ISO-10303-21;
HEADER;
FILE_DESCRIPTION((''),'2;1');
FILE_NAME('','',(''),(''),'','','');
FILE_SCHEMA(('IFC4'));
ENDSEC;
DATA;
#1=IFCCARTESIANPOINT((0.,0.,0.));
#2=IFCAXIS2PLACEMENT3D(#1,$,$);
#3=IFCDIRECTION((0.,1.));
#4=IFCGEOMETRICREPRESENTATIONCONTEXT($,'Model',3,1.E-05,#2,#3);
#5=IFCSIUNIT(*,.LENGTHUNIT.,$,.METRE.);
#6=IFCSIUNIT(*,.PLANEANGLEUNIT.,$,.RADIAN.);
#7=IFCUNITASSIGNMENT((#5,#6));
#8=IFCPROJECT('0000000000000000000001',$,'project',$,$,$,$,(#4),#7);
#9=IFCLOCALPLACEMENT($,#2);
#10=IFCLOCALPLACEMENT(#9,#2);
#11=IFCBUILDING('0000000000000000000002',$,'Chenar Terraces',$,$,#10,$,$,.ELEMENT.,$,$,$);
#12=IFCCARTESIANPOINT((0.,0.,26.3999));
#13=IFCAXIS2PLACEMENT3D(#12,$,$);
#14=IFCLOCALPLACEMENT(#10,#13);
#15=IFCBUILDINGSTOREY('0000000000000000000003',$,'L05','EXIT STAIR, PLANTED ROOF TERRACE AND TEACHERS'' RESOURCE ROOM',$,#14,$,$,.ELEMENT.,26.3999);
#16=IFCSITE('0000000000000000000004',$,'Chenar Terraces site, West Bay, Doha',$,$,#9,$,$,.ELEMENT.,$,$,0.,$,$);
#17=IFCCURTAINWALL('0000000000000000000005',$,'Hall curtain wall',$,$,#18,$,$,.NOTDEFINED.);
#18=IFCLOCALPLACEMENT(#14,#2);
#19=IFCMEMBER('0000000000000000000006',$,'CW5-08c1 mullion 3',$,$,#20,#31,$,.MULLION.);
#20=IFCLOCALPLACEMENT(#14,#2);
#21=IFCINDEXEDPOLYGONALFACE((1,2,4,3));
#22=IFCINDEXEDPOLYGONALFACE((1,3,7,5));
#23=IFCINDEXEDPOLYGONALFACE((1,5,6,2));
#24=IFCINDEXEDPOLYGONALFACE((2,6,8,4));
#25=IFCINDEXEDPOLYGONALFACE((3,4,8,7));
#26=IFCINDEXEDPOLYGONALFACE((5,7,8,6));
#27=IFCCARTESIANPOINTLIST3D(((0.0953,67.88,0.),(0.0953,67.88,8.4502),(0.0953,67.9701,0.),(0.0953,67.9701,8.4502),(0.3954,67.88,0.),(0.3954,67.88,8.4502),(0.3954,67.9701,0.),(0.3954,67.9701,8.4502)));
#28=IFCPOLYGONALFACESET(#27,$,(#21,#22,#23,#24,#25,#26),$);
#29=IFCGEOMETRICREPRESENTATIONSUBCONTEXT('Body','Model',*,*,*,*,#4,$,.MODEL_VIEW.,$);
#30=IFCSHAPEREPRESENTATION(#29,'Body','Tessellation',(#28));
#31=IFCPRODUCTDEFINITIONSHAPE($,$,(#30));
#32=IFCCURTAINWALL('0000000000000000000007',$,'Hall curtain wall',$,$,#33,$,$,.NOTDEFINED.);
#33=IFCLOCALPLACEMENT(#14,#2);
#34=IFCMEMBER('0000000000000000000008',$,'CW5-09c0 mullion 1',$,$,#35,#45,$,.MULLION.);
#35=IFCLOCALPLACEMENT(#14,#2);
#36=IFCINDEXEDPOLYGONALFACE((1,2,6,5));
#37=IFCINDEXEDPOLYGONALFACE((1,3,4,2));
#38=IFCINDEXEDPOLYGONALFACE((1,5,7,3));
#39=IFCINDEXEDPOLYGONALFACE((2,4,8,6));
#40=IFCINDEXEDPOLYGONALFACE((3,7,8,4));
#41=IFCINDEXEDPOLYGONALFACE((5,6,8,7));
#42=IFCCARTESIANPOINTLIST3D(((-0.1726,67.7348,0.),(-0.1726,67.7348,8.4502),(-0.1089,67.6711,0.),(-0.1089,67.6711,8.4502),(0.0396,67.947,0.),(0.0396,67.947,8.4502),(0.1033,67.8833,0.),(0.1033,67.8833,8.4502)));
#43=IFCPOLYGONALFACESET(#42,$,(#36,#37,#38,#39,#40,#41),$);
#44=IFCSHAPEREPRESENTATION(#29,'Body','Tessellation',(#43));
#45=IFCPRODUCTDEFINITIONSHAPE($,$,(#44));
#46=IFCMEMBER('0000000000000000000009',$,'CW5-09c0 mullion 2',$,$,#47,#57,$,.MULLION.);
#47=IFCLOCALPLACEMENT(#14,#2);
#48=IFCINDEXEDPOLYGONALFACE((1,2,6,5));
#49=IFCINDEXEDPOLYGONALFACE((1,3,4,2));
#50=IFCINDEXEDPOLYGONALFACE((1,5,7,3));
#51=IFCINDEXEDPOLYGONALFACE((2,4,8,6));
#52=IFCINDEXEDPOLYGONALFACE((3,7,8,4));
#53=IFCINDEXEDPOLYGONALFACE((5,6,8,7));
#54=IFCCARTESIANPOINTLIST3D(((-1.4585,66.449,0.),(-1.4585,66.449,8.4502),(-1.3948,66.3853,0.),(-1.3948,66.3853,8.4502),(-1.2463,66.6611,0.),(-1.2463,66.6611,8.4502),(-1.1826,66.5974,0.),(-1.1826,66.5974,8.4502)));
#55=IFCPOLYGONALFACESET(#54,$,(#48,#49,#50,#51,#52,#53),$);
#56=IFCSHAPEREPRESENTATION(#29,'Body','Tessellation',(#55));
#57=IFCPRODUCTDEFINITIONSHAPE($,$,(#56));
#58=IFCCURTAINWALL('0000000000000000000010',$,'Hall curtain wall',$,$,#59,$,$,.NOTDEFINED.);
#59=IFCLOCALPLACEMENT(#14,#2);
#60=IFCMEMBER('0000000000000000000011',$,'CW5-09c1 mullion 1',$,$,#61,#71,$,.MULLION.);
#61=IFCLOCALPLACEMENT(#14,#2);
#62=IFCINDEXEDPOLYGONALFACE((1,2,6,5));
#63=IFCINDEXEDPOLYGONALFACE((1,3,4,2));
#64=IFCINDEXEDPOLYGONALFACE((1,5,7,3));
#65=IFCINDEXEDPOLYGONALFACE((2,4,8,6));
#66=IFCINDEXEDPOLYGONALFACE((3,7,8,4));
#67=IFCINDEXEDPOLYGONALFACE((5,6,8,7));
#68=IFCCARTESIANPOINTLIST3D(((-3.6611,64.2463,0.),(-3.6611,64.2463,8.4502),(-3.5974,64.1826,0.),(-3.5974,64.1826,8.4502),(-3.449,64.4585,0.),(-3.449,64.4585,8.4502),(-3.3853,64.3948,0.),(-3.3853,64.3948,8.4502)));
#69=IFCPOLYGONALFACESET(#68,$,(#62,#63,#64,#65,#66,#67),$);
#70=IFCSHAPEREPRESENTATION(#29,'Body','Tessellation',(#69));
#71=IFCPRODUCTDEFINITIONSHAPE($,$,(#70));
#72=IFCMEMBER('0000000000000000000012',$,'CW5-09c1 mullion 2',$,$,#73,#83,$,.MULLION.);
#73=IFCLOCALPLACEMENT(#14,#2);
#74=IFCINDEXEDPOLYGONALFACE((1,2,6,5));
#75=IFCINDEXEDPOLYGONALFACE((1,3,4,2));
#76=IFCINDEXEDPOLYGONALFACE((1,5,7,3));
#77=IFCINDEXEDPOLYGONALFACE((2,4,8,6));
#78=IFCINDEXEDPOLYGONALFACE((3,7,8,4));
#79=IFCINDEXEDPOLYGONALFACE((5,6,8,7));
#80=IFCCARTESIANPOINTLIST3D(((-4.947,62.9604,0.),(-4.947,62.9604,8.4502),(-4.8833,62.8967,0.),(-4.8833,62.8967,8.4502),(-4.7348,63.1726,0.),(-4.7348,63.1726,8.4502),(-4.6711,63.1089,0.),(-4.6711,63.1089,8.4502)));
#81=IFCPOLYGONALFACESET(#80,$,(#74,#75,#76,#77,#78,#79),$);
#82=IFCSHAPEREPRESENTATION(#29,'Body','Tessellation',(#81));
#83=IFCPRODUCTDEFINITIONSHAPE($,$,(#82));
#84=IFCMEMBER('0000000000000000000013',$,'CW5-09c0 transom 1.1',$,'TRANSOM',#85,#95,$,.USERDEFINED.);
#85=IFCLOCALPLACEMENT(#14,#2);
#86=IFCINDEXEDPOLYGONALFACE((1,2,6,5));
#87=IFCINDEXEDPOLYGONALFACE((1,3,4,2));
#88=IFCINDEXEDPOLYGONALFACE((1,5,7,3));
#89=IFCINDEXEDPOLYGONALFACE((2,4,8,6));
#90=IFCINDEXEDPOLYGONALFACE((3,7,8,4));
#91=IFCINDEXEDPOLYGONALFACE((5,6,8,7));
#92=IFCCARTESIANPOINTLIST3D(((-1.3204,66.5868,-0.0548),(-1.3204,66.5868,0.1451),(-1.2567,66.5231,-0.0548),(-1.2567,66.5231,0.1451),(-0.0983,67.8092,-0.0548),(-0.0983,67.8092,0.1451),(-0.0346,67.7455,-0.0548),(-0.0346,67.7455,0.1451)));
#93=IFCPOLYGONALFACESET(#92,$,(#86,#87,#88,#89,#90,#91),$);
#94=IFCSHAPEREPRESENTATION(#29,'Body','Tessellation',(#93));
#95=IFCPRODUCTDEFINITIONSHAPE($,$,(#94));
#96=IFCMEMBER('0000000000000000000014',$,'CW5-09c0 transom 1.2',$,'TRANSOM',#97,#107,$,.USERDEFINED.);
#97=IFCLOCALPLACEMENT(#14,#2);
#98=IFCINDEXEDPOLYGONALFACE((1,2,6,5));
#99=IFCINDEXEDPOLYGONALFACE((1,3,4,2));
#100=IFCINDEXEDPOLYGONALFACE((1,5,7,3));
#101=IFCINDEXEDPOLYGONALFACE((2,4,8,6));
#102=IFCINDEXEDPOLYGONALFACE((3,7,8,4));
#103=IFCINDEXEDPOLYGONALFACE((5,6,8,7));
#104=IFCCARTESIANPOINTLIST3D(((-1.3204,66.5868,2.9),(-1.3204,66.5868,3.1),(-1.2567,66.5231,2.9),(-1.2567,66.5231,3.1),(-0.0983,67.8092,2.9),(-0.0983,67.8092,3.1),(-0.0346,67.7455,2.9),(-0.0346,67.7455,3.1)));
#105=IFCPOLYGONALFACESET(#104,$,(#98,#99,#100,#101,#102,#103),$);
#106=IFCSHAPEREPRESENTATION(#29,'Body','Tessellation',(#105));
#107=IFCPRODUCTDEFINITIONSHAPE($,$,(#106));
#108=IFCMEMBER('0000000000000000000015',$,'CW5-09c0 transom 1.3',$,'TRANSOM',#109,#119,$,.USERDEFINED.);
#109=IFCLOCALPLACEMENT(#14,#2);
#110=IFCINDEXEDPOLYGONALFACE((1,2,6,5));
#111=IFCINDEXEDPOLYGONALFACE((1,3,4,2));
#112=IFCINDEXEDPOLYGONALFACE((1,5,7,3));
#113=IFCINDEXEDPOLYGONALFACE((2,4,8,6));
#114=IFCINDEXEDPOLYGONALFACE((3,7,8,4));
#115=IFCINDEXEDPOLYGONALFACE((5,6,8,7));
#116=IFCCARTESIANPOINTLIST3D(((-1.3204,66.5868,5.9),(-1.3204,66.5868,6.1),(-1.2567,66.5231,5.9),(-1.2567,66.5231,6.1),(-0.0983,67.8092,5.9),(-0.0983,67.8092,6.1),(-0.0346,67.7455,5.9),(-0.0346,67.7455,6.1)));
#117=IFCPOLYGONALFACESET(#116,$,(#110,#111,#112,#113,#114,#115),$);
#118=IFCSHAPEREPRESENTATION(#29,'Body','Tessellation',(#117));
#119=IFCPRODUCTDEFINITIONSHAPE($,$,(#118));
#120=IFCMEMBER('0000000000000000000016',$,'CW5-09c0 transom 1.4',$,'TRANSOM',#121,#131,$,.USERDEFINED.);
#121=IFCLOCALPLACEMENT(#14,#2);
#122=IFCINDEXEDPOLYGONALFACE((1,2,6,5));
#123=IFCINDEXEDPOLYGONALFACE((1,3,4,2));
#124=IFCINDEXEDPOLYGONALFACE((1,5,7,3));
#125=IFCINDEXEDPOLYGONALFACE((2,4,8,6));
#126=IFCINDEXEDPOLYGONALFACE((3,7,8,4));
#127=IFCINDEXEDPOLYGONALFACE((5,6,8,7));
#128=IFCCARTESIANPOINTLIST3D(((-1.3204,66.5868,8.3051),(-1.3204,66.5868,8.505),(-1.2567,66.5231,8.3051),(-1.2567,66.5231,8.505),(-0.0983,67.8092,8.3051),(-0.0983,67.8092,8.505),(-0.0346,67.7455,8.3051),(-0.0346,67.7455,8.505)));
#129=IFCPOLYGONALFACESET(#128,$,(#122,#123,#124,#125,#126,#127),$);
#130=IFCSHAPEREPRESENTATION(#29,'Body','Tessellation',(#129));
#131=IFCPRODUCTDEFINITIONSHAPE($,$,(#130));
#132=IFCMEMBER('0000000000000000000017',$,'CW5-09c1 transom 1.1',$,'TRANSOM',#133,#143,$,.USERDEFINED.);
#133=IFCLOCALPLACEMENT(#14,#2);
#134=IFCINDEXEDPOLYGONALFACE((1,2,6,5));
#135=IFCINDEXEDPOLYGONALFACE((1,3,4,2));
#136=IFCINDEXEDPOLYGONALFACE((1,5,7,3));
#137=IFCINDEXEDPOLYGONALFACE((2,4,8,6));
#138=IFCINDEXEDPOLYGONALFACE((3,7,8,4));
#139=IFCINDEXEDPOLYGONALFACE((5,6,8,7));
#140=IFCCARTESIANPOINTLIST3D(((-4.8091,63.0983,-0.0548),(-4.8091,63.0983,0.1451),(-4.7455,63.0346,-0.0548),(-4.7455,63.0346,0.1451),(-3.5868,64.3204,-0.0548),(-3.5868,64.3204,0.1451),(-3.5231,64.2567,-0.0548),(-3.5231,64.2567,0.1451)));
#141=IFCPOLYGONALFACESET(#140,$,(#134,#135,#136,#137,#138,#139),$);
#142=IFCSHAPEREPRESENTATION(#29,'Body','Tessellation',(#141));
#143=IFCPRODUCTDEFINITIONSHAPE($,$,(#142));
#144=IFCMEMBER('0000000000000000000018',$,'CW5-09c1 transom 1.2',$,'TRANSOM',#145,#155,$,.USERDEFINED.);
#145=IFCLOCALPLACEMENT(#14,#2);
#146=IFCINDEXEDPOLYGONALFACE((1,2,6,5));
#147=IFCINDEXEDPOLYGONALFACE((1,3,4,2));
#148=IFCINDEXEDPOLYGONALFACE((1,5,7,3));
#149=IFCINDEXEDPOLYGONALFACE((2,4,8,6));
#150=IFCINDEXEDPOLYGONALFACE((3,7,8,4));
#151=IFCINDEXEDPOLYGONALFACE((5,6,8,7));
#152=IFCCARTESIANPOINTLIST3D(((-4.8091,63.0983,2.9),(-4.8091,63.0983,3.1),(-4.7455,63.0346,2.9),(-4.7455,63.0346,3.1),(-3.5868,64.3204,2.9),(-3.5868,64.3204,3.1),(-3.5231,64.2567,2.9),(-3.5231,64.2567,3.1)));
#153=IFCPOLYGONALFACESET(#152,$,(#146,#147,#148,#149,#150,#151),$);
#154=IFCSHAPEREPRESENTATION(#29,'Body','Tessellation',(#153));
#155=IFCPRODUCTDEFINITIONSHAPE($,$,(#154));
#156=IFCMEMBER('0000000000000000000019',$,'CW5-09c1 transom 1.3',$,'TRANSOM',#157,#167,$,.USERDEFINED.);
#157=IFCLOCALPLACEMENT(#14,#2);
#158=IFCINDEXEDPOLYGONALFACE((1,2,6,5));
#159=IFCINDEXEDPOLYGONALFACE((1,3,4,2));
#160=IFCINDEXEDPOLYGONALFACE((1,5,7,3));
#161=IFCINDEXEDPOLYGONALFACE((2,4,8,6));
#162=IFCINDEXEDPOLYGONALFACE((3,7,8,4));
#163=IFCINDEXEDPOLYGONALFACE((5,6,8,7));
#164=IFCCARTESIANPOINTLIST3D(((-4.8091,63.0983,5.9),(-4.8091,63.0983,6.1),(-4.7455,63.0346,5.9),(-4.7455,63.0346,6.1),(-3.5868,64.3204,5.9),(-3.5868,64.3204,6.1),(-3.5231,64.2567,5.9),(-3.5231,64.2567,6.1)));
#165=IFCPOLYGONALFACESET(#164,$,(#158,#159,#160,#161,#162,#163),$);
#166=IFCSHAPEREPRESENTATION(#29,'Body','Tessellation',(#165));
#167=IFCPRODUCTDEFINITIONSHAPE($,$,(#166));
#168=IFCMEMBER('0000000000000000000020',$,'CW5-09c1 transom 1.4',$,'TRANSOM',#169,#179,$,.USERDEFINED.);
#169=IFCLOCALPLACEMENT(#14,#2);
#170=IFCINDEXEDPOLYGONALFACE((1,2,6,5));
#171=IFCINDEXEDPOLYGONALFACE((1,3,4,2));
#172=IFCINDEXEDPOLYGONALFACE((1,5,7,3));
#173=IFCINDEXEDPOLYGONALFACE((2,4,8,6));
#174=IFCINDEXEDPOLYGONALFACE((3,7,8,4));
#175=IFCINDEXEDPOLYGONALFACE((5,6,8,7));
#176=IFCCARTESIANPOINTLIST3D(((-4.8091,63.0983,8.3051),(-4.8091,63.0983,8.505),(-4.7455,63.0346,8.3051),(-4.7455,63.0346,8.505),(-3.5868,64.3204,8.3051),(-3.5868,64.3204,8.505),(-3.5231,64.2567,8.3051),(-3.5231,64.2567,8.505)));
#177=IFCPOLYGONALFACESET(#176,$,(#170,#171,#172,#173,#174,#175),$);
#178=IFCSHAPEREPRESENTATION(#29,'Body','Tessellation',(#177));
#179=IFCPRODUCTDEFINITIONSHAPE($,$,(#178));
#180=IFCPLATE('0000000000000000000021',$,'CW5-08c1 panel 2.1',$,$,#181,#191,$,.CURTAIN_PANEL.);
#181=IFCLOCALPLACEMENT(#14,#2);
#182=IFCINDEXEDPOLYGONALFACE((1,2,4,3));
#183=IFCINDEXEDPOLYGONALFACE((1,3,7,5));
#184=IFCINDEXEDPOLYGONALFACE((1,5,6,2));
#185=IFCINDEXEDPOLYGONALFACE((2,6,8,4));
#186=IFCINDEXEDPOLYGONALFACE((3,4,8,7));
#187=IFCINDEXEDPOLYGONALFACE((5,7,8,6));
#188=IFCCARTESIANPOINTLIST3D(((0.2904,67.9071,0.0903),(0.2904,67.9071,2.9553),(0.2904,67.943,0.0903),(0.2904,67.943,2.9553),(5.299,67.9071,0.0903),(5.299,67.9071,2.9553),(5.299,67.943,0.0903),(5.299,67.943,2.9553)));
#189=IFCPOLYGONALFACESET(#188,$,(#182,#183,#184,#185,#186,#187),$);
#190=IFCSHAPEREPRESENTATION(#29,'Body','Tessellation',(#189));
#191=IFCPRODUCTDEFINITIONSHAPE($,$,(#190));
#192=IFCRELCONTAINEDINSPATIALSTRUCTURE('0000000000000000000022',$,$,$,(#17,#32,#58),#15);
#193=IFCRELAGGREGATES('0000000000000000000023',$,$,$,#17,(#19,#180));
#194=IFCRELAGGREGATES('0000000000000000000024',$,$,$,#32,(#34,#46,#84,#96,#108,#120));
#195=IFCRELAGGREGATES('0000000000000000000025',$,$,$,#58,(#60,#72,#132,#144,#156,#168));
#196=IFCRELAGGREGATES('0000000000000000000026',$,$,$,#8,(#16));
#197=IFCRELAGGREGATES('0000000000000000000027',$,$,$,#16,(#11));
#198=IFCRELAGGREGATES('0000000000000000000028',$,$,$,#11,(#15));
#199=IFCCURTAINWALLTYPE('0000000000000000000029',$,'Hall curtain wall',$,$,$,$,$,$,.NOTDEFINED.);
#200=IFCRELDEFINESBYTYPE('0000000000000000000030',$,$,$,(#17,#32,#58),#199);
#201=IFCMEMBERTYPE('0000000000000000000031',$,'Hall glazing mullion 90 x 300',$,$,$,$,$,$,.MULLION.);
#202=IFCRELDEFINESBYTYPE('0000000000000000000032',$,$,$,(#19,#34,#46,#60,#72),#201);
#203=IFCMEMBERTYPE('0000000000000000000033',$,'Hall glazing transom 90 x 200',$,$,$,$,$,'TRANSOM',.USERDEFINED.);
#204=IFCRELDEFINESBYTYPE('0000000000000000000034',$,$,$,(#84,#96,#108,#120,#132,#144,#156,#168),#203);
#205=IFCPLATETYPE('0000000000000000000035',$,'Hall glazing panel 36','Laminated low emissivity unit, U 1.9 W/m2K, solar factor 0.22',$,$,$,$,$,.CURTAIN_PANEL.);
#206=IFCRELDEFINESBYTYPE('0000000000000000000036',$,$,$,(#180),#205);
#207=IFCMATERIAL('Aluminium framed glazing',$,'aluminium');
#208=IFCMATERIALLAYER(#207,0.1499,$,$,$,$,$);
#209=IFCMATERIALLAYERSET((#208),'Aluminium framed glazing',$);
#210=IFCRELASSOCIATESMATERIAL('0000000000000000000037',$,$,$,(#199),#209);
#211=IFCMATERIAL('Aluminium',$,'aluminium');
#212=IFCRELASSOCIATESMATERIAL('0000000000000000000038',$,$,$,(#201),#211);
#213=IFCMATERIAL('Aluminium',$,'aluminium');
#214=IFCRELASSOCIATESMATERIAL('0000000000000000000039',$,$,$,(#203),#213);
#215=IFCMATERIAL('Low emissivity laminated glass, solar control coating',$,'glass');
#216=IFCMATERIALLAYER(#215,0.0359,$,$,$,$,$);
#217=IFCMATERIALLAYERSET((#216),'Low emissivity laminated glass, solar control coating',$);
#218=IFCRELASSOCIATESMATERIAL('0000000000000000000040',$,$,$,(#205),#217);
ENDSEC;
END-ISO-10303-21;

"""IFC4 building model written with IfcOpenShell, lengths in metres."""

from ifc_helpers import new_model, si_unit, direction, frame, origin, origin_2d, place, context, subcontext, project, spatial, rectangle, extrude, material, layer, layer_set, material_profile, profile_set, type_object, element, aggregate, save


model = new_model("IFC4")

# Units and contexts
model_context = context("Model", 3, precision=1e-05, world=origin(), true_north=direction((0.0, 1.0)))
body_context = subcontext(model_context, "Body", "Model", "MODEL_VIEW")
ifc_project = project(units=[si_unit("LENGTHUNIT", "METRE"), si_unit("PLANEANGLEUNIT", "RADIAN")], contexts=[model_context])

# Site, building, storey
site_placement = place(None, origin())
site = spatial("IfcSite", under=ifc_project, at=site_placement, Name="Chenar Terraces site, West Bay, Doha", CompositionType="ELEMENT", RefElevation=0.0)
building_placement = place(site_placement, origin())
building = spatial("IfcBuilding", under=site, at=building_placement, Name="Chenar Terraces", CompositionType="ELEMENT")
storey_placement = place(building_placement, frame((0.0, 0.0, 26.3999)))
storey = spatial("IfcBuildingStorey", under=building, at=storey_placement, Name="L05", Description="EXIT STAIR, PLANTED ROOF TERRACE AND TEACHERS' RESOURCE ROOM", CompositionType="ELEMENT", Elevation=26.3999)

# Curtain wall, member
ifc_material_1 = material(Name="Aluminium framed glazing", Category="aluminium")
ifc_layer_1 = layer(ifc_material_1, 0.1499)
ifc_layer_set_1 = layer_set([ifc_layer_1], Name="Aluminium framed glazing")
curtain_wall_type = type_object("IfcCurtainWallType", Name="Hall curtain wall", PredefinedType="NOTDEFINED", material=ifc_layer_set_1)
placement = place(storey_placement, origin())
curtain_wall_1 = element("IfcCurtainWall", 1, at=placement, inside=storey, type_object=curtain_wall_type, Name="Hall curtain wall", PredefinedType="NOTDEFINED")
ifc_material_2 = material(Name="Aluminium", Category="aluminium")
ifc_material_profile_1 = material_profile(ifc_material_2, rectangle(XDim=0.0901, YDim=0.3, at=origin_2d()), Name="Hall glazing mullion 90 x 300")
ifc_profile_set_1 = profile_set([ifc_material_profile_1], Name="Aluminium")
member_type_1 = type_object("IfcMemberType", Name="Hall glazing mullion 90 x 300", PredefinedType="MULLION", material=ifc_profile_set_1)
member_1_placement = place(storey_placement, frame((0.2454, 67.925, 0.0), z_axis=(0.0, 0.0, 1.0), x_axis=(0.0, -1.0, 0.0)))
member_1 = element("IfcMember", 2, at=member_1_placement, type_object=member_type_1, Name="CW5-08c1 mullion 3", PredefinedType="MULLION", context=body_context, shape_type="SweptSolid", body=[
    extrude(rectangle(XDim=0.0901, YDim=0.3, at=origin_2d()), origin(), (0.0, 0.0, 1.0), 8.4502),
])

# Curtain walls, members
curtain_wall_2 = element("IfcCurtainWall", 3, at=placement, inside=storey, type_object=curtain_wall_type, Name="Hall curtain wall", PredefinedType="NOTDEFINED")
member_2_placement = place(storey_placement, frame((-0.0347, 67.8091, 0.0), z_axis=(0.0, 0.0, 1.0), x_axis=(0.707107, -0.707107, 0.0)))
member_2 = element("IfcMember", 4, at=member_2_placement, type_object=member_type_1, Name="CW5-09c0 mullion 1", PredefinedType="MULLION", context=body_context, shape_type="SweptSolid", body=[
    extrude(rectangle(XDim=0.0901, YDim=0.3, at=origin_2d()), origin(), (0.0, 0.0, 1.0), 8.4502),
])
member_3_placement = place(storey_placement, frame((-1.3206, 66.5232, 0.0), z_axis=(0.0, 0.0, 1.0), x_axis=(0.707107, -0.707107, 0.0)))
member_3 = element("IfcMember", 5, at=member_3_placement, type_object=member_type_1, Name="CW5-09c0 mullion 2", PredefinedType="MULLION", context=body_context, shape_type="SweptSolid", body=[
    extrude(rectangle(XDim=0.0901, YDim=0.3, at=origin_2d()), origin(), (0.0, 0.0, 1.0), 8.4502),
])
curtain_wall_3 = element("IfcCurtainWall", 6, at=placement, inside=storey, type_object=curtain_wall_type, Name="Hall curtain wall", PredefinedType="NOTDEFINED")
member_4_placement = place(storey_placement, frame((-3.5232, 64.3206, 0.0), z_axis=(0.0, 0.0, 1.0), x_axis=(0.707107, -0.707107, 0.0)))
member_4 = element("IfcMember", 7, at=member_4_placement, type_object=member_type_1, Name="CW5-09c1 mullion 1", PredefinedType="MULLION", context=body_context, shape_type="SweptSolid", body=[
    extrude(rectangle(XDim=0.0901, YDim=0.3, at=origin_2d()), origin(), (0.0, 0.0, 1.0), 8.4502),
])
member_5_placement = place(storey_placement, frame((-4.8091, 63.0347, 0.0), z_axis=(0.0, 0.0, 1.0), x_axis=(0.707107, -0.707107, 0.0)))
member_5 = element("IfcMember", 8, at=member_5_placement, type_object=member_type_1, Name="CW5-09c1 mullion 2", PredefinedType="MULLION", context=body_context, shape_type="SweptSolid", body=[
    extrude(rectangle(XDim=0.0901, YDim=0.3, at=origin_2d()), origin(), (0.0, 0.0, 1.0), 8.4502),
])

# Members
ifc_material_3 = material(Name="Aluminium", Category="aluminium")
ifc_material_profile_2 = material_profile(ifc_material_3, rectangle(XDim=0.0901, YDim=0.2, at=origin_2d()), Name="Hall glazing transom 90 x 200")
ifc_profile_set_2 = profile_set([ifc_material_profile_2], Name="Aluminium")
member_type_2 = type_object("IfcMemberType", Name="Hall glazing transom 90 x 200", ElementType="TRANSOM", PredefinedType="USERDEFINED", material=ifc_profile_set_2)
member_6_placement = place(storey_placement, frame((-0.0664, 67.7773, 0.0452), z_axis=(-0.707036, -0.707177, 0.0), x_axis=(0.707177, -0.707036, 0.0)))
member_6 = element("IfcMember", 9, at=member_6_placement, type_object=member_type_2, Name="CW5-09c0 transom 1.1", ObjectType="TRANSOM", PredefinedType="USERDEFINED", context=body_context, shape_type="SweptSolid", body=[
    extrude(rectangle(XDim=0.0901, YDim=0.2, at=origin_2d()), origin(), (0.0, 0.0, 1.0), 1.7285),
])
member_7_placement = place(storey_placement, frame((-0.0664, 67.7773, 3.0), z_axis=(-0.707036, -0.707177, 0.0), x_axis=(0.707177, -0.707036, 0.0)))
member_7 = element("IfcMember", 10, at=member_7_placement, type_object=member_type_2, Name="CW5-09c0 transom 1.2", ObjectType="TRANSOM", PredefinedType="USERDEFINED", context=body_context, shape_type="SweptSolid", body=[
    extrude(rectangle(XDim=0.0901, YDim=0.2, at=origin_2d()), origin(), (0.0, 0.0, 1.0), 1.7285),
])
member_8_placement = place(storey_placement, frame((-0.0664, 67.7773, 6.0), z_axis=(-0.707036, -0.707177, 0.0), x_axis=(0.707177, -0.707036, 0.0)))
member_8 = element("IfcMember", 11, at=member_8_placement, type_object=member_type_2, Name="CW5-09c0 transom 1.3", ObjectType="TRANSOM", PredefinedType="USERDEFINED", context=body_context, shape_type="SweptSolid", body=[
    extrude(rectangle(XDim=0.0901, YDim=0.2, at=origin_2d()), origin(), (0.0, 0.0, 1.0), 1.7285),
])
member_9_placement = place(storey_placement, frame((-0.0664, 67.7773, 8.405), z_axis=(-0.707036, -0.707177, 0.0), x_axis=(0.707177, -0.707036, 0.0)))
member_9 = element("IfcMember", 12, at=member_9_placement, type_object=member_type_2, Name="CW5-09c0 transom 1.4", ObjectType="TRANSOM", PredefinedType="USERDEFINED", context=body_context, shape_type="SweptSolid", body=[
    extrude(rectangle(XDim=0.0901, YDim=0.2, at=origin_2d()), origin(), (0.0, 0.0, 1.0), 1.7285),
])
member_10_placement = place(storey_placement, frame((-3.5549, 64.2886, 0.0452), z_axis=(-0.707177, -0.707036, 0.0), x_axis=(0.707036, -0.707177, 0.0)))
member_10 = element("IfcMember", 13, at=member_10_placement, type_object=member_type_2, Name="CW5-09c1 transom 1.1", ObjectType="TRANSOM", PredefinedType="USERDEFINED", context=body_context, shape_type="SweptSolid", body=[
    extrude(rectangle(XDim=0.0901, YDim=0.2, at=origin_2d()), origin(), (0.0, 0.0, 1.0), 1.7285),
])
member_11_placement = place(storey_placement, frame((-3.5549, 64.2886, 3.0), z_axis=(-0.707177, -0.707036, 0.0), x_axis=(0.707036, -0.707177, 0.0)))
member_11 = element("IfcMember", 14, at=member_11_placement, type_object=member_type_2, Name="CW5-09c1 transom 1.2", ObjectType="TRANSOM", PredefinedType="USERDEFINED", context=body_context, shape_type="SweptSolid", body=[
    extrude(rectangle(XDim=0.0901, YDim=0.2, at=origin_2d()), origin(), (0.0, 0.0, 1.0), 1.7285),
])
member_12_placement = place(storey_placement, frame((-3.5549, 64.2886, 6.0), z_axis=(-0.707177, -0.707036, 0.0), x_axis=(0.707036, -0.707177, 0.0)))
member_12 = element("IfcMember", 15, at=member_12_placement, type_object=member_type_2, Name="CW5-09c1 transom 1.3", ObjectType="TRANSOM", PredefinedType="USERDEFINED", context=body_context, shape_type="SweptSolid", body=[
    extrude(rectangle(XDim=0.0901, YDim=0.2, at=origin_2d()), origin(), (0.0, 0.0, 1.0), 1.7285),
])
member_13_placement = place(storey_placement, frame((-3.5549, 64.2886, 8.405), z_axis=(-0.707177, -0.707036, 0.0), x_axis=(0.707036, -0.707177, 0.0)))
member_13 = element("IfcMember", 16, at=member_13_placement, type_object=member_type_2, Name="CW5-09c1 transom 1.4", ObjectType="TRANSOM", PredefinedType="USERDEFINED", context=body_context, shape_type="SweptSolid", body=[
    extrude(rectangle(XDim=0.0901, YDim=0.2, at=origin_2d()), origin(), (0.0, 0.0, 1.0), 1.7285),
])

# Plate
ifc_material_4 = material(Name="Low emissivity laminated glass, solar control coating", Category="glass")
ifc_layer_2 = layer(ifc_material_4, 0.0359)
ifc_layer_set_2 = layer_set([ifc_layer_2], Name="Low emissivity laminated glass, solar control coating")
plate_type = type_object("IfcPlateType", Name="Hall glazing panel 36", Description="Laminated low emissivity unit, U 1.9 W/m2K, solar factor 0.22", PredefinedType="CURTAIN_PANEL", material=ifc_layer_set_2)
plate_1_placement = place(storey_placement, frame((2.7947, 67.925, 0.0903), z_axis=(0.0, 0.0, 1.0), x_axis=(-1.0, 0.0, 0.0)))
plate_1 = element("IfcPlate", 17, at=plate_1_placement, type_object=plate_type, Name="CW5-08c1 panel 2.1", PredefinedType="CURTAIN_PANEL", context=body_context, shape_type="SweptSolid", body=[
    extrude(rectangle(XDim=5.0085, YDim=0.0359, at=origin_2d()), origin(), (0.0, 0.0, 1.0), 2.865),
])
aggregate(curtain_wall_1, [member_1, plate_1])
aggregate(curtain_wall_2, [member_2, member_3, member_6, member_7, member_8, member_9])
aggregate(curtain_wall_3, [member_4, member_5, member_10, member_11, member_12, member_13])

save(model, "model.ifc")
